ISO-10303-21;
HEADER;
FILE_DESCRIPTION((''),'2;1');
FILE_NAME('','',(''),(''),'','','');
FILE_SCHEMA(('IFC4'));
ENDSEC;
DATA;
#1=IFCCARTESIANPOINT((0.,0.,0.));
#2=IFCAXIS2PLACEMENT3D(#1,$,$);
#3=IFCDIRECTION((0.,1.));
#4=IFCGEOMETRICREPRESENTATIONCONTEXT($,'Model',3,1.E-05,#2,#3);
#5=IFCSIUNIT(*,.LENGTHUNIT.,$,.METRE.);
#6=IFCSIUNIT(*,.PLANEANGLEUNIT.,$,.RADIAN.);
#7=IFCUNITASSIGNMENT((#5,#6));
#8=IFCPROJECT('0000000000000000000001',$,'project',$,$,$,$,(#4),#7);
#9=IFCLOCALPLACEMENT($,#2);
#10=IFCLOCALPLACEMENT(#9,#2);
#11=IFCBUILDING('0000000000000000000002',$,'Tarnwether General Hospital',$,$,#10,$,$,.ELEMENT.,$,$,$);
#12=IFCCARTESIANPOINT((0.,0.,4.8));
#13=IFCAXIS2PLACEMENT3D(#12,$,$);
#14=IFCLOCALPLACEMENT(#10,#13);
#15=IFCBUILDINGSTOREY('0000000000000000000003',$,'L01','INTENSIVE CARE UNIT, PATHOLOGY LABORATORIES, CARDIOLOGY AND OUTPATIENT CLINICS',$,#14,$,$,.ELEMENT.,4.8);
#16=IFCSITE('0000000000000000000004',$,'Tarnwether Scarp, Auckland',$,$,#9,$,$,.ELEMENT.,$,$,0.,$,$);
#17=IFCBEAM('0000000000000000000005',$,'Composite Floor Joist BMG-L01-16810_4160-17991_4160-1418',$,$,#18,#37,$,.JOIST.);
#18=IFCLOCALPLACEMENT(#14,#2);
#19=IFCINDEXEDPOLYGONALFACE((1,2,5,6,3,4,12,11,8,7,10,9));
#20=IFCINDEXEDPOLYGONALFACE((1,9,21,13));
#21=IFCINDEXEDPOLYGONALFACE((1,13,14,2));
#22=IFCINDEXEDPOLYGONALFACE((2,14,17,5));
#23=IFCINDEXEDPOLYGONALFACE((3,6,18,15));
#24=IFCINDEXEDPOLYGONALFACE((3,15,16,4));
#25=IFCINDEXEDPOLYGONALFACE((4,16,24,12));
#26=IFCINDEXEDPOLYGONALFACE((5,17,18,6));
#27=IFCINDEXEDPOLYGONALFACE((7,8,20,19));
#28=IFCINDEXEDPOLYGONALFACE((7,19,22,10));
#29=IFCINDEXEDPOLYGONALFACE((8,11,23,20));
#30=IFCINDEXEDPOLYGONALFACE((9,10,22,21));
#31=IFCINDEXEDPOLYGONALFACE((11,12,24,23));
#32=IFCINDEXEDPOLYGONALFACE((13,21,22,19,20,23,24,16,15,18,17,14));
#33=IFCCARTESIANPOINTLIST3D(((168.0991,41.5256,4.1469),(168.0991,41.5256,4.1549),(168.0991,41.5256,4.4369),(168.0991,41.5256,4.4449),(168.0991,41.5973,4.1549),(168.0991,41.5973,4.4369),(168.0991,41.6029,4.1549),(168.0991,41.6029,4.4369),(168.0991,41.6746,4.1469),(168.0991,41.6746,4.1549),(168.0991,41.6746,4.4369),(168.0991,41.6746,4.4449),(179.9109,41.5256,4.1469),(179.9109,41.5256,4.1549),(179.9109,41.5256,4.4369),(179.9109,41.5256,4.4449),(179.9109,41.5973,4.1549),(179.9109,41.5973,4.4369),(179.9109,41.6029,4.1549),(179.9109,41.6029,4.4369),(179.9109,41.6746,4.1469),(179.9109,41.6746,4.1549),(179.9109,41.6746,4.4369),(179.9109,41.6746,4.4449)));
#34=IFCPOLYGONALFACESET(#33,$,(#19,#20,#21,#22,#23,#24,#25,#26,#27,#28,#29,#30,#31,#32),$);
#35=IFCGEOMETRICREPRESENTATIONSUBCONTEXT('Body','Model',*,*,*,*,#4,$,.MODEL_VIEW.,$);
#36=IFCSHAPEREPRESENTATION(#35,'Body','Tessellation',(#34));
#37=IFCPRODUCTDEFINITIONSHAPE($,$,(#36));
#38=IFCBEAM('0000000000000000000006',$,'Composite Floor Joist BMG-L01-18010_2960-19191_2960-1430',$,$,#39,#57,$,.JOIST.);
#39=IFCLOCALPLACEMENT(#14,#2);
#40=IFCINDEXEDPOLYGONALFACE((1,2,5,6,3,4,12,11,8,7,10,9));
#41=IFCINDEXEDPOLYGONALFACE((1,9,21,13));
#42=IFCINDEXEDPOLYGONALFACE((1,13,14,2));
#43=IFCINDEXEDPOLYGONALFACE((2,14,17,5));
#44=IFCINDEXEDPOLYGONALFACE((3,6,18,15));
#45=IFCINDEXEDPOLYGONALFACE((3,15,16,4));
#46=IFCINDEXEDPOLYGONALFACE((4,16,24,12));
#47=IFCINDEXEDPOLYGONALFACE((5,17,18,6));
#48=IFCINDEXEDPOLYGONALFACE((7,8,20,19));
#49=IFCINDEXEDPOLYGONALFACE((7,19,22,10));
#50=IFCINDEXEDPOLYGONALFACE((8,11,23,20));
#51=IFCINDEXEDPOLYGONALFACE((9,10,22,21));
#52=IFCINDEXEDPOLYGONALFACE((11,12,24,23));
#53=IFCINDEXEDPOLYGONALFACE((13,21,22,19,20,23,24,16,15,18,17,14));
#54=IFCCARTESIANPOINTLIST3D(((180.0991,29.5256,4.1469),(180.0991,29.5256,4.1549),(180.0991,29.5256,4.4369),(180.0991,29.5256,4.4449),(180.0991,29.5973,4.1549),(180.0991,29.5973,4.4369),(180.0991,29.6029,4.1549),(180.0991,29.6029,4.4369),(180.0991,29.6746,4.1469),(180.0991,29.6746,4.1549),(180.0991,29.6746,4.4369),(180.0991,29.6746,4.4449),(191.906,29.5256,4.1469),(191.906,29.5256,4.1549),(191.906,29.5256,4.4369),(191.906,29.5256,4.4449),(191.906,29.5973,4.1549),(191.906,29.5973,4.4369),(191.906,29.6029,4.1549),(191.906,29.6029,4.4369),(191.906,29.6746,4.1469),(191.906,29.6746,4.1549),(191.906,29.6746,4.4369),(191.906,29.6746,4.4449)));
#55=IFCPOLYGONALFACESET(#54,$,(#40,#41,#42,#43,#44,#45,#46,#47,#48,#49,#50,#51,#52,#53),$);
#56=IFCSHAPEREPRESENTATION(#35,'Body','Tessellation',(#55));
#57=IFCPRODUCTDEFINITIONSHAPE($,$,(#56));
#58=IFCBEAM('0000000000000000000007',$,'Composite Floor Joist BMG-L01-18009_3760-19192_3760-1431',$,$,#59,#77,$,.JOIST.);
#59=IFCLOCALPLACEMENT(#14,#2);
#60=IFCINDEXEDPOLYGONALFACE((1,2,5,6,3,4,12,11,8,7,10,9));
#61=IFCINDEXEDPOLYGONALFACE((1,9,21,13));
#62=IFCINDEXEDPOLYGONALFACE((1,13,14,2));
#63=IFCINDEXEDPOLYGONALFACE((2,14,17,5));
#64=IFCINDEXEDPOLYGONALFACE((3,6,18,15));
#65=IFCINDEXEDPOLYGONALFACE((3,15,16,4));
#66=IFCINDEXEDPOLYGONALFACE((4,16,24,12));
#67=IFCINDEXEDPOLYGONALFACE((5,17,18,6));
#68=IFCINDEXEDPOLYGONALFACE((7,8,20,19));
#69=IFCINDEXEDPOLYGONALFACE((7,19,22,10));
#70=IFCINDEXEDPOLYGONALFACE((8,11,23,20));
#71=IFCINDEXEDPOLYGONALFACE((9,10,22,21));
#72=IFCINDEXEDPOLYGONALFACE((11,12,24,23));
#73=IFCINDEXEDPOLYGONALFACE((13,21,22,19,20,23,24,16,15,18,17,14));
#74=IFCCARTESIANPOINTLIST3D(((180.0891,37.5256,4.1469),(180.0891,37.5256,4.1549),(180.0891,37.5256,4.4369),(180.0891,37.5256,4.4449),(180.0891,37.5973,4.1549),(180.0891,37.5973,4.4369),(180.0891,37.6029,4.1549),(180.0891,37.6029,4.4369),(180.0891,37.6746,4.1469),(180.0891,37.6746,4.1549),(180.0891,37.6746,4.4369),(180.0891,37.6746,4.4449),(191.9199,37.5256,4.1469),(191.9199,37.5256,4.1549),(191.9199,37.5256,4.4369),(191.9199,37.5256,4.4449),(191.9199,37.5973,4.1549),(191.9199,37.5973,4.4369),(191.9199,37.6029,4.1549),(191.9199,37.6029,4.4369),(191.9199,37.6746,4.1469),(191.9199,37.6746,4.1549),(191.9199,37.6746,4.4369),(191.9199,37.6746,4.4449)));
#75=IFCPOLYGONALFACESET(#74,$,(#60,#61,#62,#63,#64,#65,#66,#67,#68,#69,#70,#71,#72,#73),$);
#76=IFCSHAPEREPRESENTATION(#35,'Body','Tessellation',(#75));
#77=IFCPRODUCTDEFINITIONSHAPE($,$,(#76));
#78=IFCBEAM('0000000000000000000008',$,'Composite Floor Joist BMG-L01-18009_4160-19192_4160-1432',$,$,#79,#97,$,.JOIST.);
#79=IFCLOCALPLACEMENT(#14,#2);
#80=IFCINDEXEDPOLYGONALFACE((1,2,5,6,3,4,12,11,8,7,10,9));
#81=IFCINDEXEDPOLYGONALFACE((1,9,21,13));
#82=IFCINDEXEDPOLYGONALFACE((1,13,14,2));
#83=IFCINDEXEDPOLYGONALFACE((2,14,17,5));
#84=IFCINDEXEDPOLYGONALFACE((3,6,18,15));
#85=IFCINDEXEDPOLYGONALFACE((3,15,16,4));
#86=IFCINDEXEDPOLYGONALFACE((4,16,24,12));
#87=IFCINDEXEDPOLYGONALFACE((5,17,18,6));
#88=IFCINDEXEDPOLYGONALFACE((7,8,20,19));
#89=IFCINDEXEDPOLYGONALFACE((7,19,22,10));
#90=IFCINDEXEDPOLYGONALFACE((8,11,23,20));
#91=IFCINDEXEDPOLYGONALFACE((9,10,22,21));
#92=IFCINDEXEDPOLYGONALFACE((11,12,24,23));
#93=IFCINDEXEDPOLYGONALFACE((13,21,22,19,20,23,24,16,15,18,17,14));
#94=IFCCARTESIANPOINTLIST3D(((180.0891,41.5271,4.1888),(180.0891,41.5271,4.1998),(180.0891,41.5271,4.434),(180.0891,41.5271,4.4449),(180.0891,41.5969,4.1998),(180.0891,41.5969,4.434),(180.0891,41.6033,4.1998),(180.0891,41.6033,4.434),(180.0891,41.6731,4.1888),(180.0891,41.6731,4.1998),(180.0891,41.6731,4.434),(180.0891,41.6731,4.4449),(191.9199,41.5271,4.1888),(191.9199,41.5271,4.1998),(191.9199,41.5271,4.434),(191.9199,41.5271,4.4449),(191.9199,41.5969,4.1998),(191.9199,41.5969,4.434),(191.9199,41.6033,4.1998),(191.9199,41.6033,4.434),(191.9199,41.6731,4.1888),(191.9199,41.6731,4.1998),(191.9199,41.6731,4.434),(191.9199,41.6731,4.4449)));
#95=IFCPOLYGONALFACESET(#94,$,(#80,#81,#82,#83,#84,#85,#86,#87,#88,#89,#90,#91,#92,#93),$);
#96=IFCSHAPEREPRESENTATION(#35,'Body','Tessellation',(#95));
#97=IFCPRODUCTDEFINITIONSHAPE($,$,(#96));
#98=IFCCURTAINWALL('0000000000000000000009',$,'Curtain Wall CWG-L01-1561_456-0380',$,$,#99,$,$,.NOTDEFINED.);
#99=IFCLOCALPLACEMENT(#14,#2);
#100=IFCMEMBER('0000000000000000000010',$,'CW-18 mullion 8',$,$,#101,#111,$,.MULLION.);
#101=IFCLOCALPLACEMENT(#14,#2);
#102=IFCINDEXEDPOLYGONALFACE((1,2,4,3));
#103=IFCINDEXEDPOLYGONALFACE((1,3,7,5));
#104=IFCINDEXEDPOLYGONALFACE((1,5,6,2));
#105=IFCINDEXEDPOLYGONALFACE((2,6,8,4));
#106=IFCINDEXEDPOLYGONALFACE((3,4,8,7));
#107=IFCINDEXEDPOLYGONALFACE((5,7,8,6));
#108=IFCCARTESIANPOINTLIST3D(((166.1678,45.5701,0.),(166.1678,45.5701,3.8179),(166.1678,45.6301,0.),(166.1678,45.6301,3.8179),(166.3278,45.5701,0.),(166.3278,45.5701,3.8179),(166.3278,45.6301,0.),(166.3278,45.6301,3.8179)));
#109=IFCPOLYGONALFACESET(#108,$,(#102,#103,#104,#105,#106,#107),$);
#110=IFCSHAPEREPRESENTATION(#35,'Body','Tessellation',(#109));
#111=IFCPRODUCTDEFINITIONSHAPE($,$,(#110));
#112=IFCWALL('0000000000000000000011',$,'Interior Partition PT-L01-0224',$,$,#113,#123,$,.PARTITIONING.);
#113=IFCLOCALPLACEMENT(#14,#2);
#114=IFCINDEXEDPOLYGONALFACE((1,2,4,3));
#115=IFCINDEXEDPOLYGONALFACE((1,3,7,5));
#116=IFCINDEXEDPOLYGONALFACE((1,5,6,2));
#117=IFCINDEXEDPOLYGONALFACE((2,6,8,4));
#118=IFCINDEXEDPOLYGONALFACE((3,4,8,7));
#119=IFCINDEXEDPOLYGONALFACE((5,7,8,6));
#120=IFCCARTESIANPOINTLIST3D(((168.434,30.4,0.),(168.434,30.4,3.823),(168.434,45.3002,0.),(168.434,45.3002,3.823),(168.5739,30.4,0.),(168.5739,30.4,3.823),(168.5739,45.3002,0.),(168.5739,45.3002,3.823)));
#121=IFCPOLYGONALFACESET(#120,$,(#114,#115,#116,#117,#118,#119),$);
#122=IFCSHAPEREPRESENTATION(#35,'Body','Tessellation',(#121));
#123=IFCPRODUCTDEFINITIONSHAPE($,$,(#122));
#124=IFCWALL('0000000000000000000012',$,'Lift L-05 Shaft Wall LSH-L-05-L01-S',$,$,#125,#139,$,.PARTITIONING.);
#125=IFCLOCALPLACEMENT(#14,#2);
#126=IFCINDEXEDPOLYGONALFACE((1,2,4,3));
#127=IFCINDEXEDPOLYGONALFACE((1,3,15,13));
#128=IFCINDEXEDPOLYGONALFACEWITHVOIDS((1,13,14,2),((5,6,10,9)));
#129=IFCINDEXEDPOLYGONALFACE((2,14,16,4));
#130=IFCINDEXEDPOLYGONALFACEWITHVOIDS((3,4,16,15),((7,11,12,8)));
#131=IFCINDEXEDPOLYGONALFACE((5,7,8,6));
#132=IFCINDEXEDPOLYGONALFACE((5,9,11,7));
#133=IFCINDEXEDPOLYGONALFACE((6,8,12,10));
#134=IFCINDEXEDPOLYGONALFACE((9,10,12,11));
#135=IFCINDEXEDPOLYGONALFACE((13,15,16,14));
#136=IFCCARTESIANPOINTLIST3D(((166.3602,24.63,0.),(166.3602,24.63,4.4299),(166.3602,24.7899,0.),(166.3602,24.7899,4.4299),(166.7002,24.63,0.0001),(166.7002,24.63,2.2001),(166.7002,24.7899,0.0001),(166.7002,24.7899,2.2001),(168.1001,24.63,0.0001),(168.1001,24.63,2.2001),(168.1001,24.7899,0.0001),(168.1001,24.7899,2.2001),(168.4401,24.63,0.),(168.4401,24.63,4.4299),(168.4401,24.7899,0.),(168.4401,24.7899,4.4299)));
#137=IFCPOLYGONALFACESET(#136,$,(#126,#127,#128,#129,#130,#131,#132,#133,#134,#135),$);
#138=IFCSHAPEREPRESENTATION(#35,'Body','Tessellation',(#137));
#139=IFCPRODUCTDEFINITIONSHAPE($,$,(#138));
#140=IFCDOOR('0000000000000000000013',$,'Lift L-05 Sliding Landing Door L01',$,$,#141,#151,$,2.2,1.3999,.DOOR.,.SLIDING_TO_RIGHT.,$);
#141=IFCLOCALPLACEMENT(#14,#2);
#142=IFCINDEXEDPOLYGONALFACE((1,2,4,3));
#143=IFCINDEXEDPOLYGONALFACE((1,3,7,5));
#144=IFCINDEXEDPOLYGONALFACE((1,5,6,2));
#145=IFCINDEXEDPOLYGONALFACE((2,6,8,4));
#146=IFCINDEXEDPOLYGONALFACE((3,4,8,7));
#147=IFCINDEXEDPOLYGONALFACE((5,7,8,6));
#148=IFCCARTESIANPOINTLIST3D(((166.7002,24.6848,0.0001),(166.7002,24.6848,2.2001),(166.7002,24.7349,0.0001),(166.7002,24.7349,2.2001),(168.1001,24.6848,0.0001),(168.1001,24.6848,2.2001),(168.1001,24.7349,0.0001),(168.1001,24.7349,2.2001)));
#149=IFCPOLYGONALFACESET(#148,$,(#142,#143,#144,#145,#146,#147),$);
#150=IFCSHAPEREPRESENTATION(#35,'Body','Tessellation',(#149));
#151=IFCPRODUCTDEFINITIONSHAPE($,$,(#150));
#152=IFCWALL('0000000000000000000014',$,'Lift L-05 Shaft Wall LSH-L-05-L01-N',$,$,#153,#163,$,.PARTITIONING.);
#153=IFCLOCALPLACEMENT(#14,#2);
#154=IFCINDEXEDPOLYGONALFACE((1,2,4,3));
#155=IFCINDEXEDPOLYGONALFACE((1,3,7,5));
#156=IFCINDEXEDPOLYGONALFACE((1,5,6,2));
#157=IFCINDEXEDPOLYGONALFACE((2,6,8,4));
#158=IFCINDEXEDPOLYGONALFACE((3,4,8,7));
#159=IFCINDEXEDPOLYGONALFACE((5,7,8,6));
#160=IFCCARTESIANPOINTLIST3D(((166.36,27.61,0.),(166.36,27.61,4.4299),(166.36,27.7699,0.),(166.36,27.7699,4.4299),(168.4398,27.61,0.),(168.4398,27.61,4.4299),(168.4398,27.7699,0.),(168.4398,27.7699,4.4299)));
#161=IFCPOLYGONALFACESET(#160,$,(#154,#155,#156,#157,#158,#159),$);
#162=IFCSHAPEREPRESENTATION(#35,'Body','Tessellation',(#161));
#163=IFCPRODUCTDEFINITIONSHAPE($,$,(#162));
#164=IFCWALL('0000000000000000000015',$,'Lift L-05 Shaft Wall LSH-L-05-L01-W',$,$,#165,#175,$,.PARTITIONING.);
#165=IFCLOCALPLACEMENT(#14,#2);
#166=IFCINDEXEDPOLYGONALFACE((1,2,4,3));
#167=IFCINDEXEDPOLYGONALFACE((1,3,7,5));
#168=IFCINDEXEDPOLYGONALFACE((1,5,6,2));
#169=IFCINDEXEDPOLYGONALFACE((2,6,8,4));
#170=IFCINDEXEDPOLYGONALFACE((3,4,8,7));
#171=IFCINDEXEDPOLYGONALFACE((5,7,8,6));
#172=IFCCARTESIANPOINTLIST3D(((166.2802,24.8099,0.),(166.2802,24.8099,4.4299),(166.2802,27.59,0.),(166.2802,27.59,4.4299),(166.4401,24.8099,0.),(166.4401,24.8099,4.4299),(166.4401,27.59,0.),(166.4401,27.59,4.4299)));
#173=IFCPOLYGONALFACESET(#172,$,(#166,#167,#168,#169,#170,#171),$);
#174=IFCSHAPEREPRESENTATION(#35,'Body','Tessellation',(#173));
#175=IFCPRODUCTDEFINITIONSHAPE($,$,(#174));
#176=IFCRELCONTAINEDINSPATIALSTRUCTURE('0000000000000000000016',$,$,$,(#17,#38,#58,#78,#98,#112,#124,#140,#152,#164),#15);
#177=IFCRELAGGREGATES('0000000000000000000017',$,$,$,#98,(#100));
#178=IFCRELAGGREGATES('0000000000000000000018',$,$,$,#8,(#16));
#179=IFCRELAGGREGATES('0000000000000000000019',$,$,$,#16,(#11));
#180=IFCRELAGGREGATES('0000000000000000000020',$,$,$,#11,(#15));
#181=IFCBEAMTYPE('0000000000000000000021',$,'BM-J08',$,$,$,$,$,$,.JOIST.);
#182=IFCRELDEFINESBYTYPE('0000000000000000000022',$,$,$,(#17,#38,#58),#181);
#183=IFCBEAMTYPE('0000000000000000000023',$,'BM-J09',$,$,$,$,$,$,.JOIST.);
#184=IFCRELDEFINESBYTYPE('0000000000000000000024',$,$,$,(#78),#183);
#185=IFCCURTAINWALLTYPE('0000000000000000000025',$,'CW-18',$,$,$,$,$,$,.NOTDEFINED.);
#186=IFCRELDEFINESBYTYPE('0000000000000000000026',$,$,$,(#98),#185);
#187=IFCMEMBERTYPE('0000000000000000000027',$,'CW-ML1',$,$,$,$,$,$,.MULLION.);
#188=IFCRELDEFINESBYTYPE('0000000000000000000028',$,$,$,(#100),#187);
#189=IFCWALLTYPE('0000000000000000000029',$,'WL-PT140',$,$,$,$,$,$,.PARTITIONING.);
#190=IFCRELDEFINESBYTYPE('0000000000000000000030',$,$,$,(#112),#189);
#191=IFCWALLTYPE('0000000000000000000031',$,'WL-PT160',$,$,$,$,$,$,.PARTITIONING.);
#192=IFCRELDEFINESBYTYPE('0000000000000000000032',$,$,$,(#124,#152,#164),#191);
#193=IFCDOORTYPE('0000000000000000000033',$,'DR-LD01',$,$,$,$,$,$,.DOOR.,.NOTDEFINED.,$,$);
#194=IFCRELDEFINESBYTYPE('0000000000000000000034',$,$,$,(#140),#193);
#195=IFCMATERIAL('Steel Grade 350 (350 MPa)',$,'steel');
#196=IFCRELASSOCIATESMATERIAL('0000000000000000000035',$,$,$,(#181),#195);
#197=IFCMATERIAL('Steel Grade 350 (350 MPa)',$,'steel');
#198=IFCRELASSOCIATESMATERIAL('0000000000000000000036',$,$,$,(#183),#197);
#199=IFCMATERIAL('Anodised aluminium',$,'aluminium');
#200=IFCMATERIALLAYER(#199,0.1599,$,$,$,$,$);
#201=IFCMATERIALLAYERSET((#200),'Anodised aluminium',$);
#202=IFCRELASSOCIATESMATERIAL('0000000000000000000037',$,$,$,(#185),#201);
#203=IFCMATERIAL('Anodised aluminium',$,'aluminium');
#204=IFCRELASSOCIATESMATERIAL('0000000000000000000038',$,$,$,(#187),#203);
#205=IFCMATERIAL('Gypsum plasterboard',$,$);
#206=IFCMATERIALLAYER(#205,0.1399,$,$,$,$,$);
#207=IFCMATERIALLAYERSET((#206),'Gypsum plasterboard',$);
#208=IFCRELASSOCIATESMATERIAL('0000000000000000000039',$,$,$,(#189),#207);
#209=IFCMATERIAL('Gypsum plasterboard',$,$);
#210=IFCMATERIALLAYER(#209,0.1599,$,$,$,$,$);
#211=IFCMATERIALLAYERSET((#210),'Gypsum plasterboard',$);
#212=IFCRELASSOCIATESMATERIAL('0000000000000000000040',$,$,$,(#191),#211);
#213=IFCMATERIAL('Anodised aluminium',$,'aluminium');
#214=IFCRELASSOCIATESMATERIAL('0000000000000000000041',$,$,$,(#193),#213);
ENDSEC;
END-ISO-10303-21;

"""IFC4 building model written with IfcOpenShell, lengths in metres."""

from ifc_helpers import new_model, si_unit, direction, frame, frame_2d, origin, origin_2d, place, context, subcontext, project, spatial, rectangle, i_section, extrude, material, layer, layer_set, material_profile, profile_set, type_object, element, fill, aggregate, save


model = new_model("IFC4")

# Units and contexts
model_context = context("Model", 3, precision=1e-05, world=origin(), true_north=direction((0.0, 1.0)))
body_context = subcontext(model_context, "Body", "Model", "MODEL_VIEW")
ifc_project = project(units=[si_unit("LENGTHUNIT", "METRE"), si_unit("PLANEANGLEUNIT", "RADIAN")], contexts=[model_context])

# Site, building, storey
site_placement = place(None, origin())
site = spatial("IfcSite", under=ifc_project, at=site_placement, Name="Tarnwether Scarp, Auckland", CompositionType="ELEMENT", RefElevation=0.0)
building_placement = place(site_placement, origin())
building = spatial("IfcBuilding", under=site, at=building_placement, Name="Tarnwether General Hospital", CompositionType="ELEMENT")
storey_placement = place(building_placement, frame((0.0, 0.0, 4.8)))
storey = spatial("IfcBuildingStorey", under=building, at=storey_placement, Name="L01", Description="INTENSIVE CARE UNIT, PATHOLOGY LABORATORIES, CARDIOLOGY AND OUTPATIENT CLINICS", CompositionType="ELEMENT", Elevation=4.8)

# Beams
ifc_material_1 = material(Name="Steel Grade 350 (350 MPa)", Category="steel")
ifc_material_profile_1 = material_profile(ifc_material_1, i_section(OverallWidth=0.1489, OverallDepth=0.2981, WebThickness=0.0056, FlangeThickness=0.0081, at=origin_2d()), Name="310UB32.0")
ifc_profile_set_1 = profile_set([ifc_material_profile_1], Name="Steel Grade 350 (350 MPa)")
beam_type_1 = type_object("IfcBeamType", Name="BM-J08", PredefinedType="JOIST", material=ifc_profile_set_1)
beam_1_placement = place(storey_placement, frame((168.0991, 41.6001, 4.2959), z_axis=(1.0, 0.0, 0.0), x_axis=(0.0, 1.0, 0.0)))
element("IfcBeam", 1, at=beam_1_placement, inside=storey, type_object=beam_type_1, Name="Composite Floor Joist BMG-L01-16810_4160-17991_4160-1418", PredefinedType="JOIST", context=body_context, shape_type="SweptSolid", body=[
    extrude(i_section(OverallWidth=0.1489, OverallDepth=0.2981, WebThickness=0.0056, FlangeThickness=0.0081, at=origin_2d()), origin(), (0.0, 0.0, 1.0), 11.8118),
])
beam_2_placement = place(storey_placement, frame((180.0991, 29.6001, 4.2959), z_axis=(1.0, 0.0, 0.0), x_axis=(0.0, 1.0, 0.0)))
element("IfcBeam", 2, at=beam_2_placement, inside=storey, type_object=beam_type_1, Name="Composite Floor Joist BMG-L01-18010_2960-19191_2960-1430", PredefinedType="JOIST", context=body_context, shape_type="SweptSolid", body=[
    extrude(i_section(OverallWidth=0.1489, OverallDepth=0.2981, WebThickness=0.0056, FlangeThickness=0.0081, at=origin_2d()), origin(), (0.0, 0.0, 1.0), 11.8069),
])
beam_3_placement = place(storey_placement, frame((180.0891, 37.6001, 4.2959), z_axis=(1.0, 0.0, 0.0), x_axis=(0.0, 1.0, 0.0)))
element("IfcBeam", 3, at=beam_3_placement, inside=storey, type_object=beam_type_1, Name="Composite Floor Joist BMG-L01-18009_3760-19192_3760-1431", PredefinedType="JOIST", context=body_context, shape_type="SweptSolid", body=[
    extrude(i_section(OverallWidth=0.1489, OverallDepth=0.2981, WebThickness=0.0056, FlangeThickness=0.0081, at=origin_2d()), origin(), (0.0, 0.0, 1.0), 11.8308),
])
ifc_material_2 = material(Name="Steel Grade 350 (350 MPa)", Category="steel")
ifc_material_profile_2 = material_profile(ifc_material_2, i_section(OverallWidth=0.146, OverallDepth=0.2561, WebThickness=0.0063, FlangeThickness=0.011, at=origin_2d()), Name="250UB37.3")
ifc_profile_set_2 = profile_set([ifc_material_profile_2], Name="Steel Grade 350 (350 MPa)")
beam_type_2 = type_object("IfcBeamType", Name="BM-J09", PredefinedType="JOIST", material=ifc_profile_set_2)
beam_4_placement = place(storey_placement, frame((180.0891, 41.6001, 4.3169), z_axis=(1.0, 0.0, 0.0), x_axis=(0.0, 1.0, 0.0)))
element("IfcBeam", 4, at=beam_4_placement, inside=storey, type_object=beam_type_2, Name="Composite Floor Joist BMG-L01-18009_4160-19192_4160-1432", PredefinedType="JOIST", context=body_context, shape_type="SweptSolid", body=[
    extrude(i_section(OverallWidth=0.146, OverallDepth=0.2561, WebThickness=0.0063, FlangeThickness=0.011, at=origin_2d()), origin(), (0.0, 0.0, 1.0), 11.8308),
])

# Curtain wall, member
ifc_material_3 = material(Name="Anodised aluminium", Category="aluminium")
ifc_layer_1 = layer(ifc_material_3, 0.1599)
ifc_layer_set_1 = layer_set([ifc_layer_1], Name="Anodised aluminium")
curtain_wall_type = type_object("IfcCurtainWallType", Name="CW-18", PredefinedType="NOTDEFINED", material=ifc_layer_set_1)
curtain_wall_placement = place(storey_placement, origin())
curtain_wall = element("IfcCurtainWall", 5, at=curtain_wall_placement, inside=storey, type_object=curtain_wall_type, Name="Curtain Wall CWG-L01-1561_456-0380", PredefinedType="NOTDEFINED")
ifc_material_4 = material(Name="Anodised aluminium", Category="aluminium")
ifc_material_profile_3 = material_profile(ifc_material_4, rectangle(XDim=0.0601, YDim=0.1599, at=origin_2d()), Name="ALU-MUL-60x160")
ifc_profile_set_3 = profile_set([ifc_material_profile_3], Name="Anodised aluminium")
member_type = type_object("IfcMemberType", Name="CW-ML1", PredefinedType="MULLION", material=ifc_profile_set_3)
member_placement = place(storey_placement, frame((166.2478, 45.6001, 0.0), z_axis=(0.0, 0.0, 1.0), x_axis=(0.0, 1.0, 0.0)))
member = element("IfcMember", 6, at=member_placement, type_object=member_type, Name="CW-18 mullion 8", PredefinedType="MULLION", context=body_context, shape_type="SweptSolid", body=[
    extrude(rectangle(XDim=0.0601, YDim=0.1599, at=origin_2d()), origin(), (0.0, 0.0, 1.0), 3.8179),
])
aggregate(curtain_wall, [member])

# Wall
ifc_material_5 = material(Name="Gypsum plasterboard")
ifc_layer_2 = layer(ifc_material_5, 0.1399)
ifc_layer_set_2 = layer_set([ifc_layer_2], Name="Gypsum plasterboard")
wall_type_1 = type_object("IfcWallType", Name="WL-PT140", PredefinedType="PARTITIONING", material=ifc_layer_set_2)
wall_1_placement = place(storey_placement, frame((168.5039, 30.3999, 0.0), z_axis=(0.0, 0.0, 1.0), x_axis=(0.0, 1.0, 0.0)))
element("IfcWall", 7, at=wall_1_placement, inside=storey, type_object=wall_type_1, Name="Interior Partition PT-L01-0224", PredefinedType="PARTITIONING", context=body_context, shape_type="SweptSolid", body=[
    extrude(rectangle(XDim=14.9001, YDim=0.1399, at=frame_2d((7.4502, 0.0))), origin(), (0.0, 0.0, 1.0), 3.823),
])

# Wall, opening, door
ifc_material_6 = material(Name="Gypsum plasterboard")
ifc_layer_3 = layer(ifc_material_6, 0.1599)
ifc_layer_set_3 = layer_set([ifc_layer_3], Name="Gypsum plasterboard")
wall_type_2 = type_object("IfcWallType", Name="WL-PT160", PredefinedType="PARTITIONING", material=ifc_layer_set_3)
wall_2_placement = place(storey_placement, frame((166.3601, 24.71, 0.0), z_axis=(0.0, 0.0, 1.0), x_axis=(1.0, 0.0, 0.0)))
wall_2 = element("IfcWall", 8, at=wall_2_placement, inside=storey, type_object=wall_type_2, Name="Lift L-05 Shaft Wall LSH-L-05-L01-S", PredefinedType="PARTITIONING", context=body_context, shape_type="SweptSolid", body=[
    extrude(rectangle(XDim=2.0798, YDim=0.1599, at=frame_2d((1.04, 0.0))), origin(), (0.0, 0.0, 1.0), 4.4299),
])
opening_placement = place(wall_2_placement, frame((0.3401, 0.0, 0.0)))
opening = element("IfcOpeningElement", 9, at=opening_placement, cuts=wall_2, PredefinedType="OPENING", context=body_context, shape_type="SweptSolid", body=[
    extrude(rectangle(XDim=1.3999, YDim=2.2, at=frame_2d((0.7, 1.1001))), frame((0.0, 0.0898, 0.0), z_axis=(0.0, -1.0, 0.0), x_axis=(1.0, 0.0, 0.0)), (0.0, 0.0, 1.0), 0.1799),
])
ifc_material_7 = material(Name="Anodised aluminium", Category="aluminium")
door_type = type_object("IfcDoorType", Name="DR-LD01", OperationType="NOTDEFINED", PredefinedType="DOOR", material=ifc_material_7)
door_placement = place(opening_placement, origin())
door = element("IfcDoor", 10, at=door_placement, inside=storey, type_object=door_type, Name="Lift L-05 Sliding Landing Door L01", OperationType="SLIDING_TO_RIGHT", OverallHeight=2.2, OverallWidth=1.3999, PredefinedType="DOOR", context=body_context, shape_type="SweptSolid", body=[
    extrude(rectangle(XDim=1.3999, YDim=2.2, at=frame_2d((0.7, 1.1001))), frame((0.0, 0.0249, 0.0), z_axis=(0.0, -1.0, 0.0), x_axis=(1.0, 0.0, 0.0)), (0.0, 0.0, 1.0), 0.05),
])
fill(opening, door)

# Walls
wall_3_placement = place(storey_placement, frame((168.4399, 27.6899, 0.0), z_axis=(0.0, 0.0, 1.0), x_axis=(-1.0, 0.0, 0.0)))
element("IfcWall", 11, at=wall_3_placement, inside=storey, type_object=wall_type_2, Name="Lift L-05 Shaft Wall LSH-L-05-L01-N", PredefinedType="PARTITIONING", context=body_context, shape_type="SweptSolid", body=[
    extrude(rectangle(XDim=2.0798, YDim=0.1599, at=frame_2d((1.04, 0.0))), origin(), (0.0, 0.0, 1.0), 4.4299),
])
for number, where, z_axis, x_axis, name in (
    (12, (166.3601, 27.5901, 0.0), (0.0, 0.0, 1.0), (0.0, -1.0, 0.0), "Lift L-05 Shaft Wall LSH-L-05-L01-W"),
):
    element("IfcWall", number, at=place(storey_placement, frame(where, z_axis=z_axis, x_axis=x_axis)), inside=storey, type_object=wall_type_2, Name=name, PredefinedType="PARTITIONING", context=body_context, shape_type="SweptSolid", body=[
        extrude(rectangle(XDim=2.78, YDim=0.1599, at=frame_2d((1.3901, 0.0))), origin(), (0.0, 0.0, 1.0), 4.4299),
    ])

save(model, "model.ifc")
